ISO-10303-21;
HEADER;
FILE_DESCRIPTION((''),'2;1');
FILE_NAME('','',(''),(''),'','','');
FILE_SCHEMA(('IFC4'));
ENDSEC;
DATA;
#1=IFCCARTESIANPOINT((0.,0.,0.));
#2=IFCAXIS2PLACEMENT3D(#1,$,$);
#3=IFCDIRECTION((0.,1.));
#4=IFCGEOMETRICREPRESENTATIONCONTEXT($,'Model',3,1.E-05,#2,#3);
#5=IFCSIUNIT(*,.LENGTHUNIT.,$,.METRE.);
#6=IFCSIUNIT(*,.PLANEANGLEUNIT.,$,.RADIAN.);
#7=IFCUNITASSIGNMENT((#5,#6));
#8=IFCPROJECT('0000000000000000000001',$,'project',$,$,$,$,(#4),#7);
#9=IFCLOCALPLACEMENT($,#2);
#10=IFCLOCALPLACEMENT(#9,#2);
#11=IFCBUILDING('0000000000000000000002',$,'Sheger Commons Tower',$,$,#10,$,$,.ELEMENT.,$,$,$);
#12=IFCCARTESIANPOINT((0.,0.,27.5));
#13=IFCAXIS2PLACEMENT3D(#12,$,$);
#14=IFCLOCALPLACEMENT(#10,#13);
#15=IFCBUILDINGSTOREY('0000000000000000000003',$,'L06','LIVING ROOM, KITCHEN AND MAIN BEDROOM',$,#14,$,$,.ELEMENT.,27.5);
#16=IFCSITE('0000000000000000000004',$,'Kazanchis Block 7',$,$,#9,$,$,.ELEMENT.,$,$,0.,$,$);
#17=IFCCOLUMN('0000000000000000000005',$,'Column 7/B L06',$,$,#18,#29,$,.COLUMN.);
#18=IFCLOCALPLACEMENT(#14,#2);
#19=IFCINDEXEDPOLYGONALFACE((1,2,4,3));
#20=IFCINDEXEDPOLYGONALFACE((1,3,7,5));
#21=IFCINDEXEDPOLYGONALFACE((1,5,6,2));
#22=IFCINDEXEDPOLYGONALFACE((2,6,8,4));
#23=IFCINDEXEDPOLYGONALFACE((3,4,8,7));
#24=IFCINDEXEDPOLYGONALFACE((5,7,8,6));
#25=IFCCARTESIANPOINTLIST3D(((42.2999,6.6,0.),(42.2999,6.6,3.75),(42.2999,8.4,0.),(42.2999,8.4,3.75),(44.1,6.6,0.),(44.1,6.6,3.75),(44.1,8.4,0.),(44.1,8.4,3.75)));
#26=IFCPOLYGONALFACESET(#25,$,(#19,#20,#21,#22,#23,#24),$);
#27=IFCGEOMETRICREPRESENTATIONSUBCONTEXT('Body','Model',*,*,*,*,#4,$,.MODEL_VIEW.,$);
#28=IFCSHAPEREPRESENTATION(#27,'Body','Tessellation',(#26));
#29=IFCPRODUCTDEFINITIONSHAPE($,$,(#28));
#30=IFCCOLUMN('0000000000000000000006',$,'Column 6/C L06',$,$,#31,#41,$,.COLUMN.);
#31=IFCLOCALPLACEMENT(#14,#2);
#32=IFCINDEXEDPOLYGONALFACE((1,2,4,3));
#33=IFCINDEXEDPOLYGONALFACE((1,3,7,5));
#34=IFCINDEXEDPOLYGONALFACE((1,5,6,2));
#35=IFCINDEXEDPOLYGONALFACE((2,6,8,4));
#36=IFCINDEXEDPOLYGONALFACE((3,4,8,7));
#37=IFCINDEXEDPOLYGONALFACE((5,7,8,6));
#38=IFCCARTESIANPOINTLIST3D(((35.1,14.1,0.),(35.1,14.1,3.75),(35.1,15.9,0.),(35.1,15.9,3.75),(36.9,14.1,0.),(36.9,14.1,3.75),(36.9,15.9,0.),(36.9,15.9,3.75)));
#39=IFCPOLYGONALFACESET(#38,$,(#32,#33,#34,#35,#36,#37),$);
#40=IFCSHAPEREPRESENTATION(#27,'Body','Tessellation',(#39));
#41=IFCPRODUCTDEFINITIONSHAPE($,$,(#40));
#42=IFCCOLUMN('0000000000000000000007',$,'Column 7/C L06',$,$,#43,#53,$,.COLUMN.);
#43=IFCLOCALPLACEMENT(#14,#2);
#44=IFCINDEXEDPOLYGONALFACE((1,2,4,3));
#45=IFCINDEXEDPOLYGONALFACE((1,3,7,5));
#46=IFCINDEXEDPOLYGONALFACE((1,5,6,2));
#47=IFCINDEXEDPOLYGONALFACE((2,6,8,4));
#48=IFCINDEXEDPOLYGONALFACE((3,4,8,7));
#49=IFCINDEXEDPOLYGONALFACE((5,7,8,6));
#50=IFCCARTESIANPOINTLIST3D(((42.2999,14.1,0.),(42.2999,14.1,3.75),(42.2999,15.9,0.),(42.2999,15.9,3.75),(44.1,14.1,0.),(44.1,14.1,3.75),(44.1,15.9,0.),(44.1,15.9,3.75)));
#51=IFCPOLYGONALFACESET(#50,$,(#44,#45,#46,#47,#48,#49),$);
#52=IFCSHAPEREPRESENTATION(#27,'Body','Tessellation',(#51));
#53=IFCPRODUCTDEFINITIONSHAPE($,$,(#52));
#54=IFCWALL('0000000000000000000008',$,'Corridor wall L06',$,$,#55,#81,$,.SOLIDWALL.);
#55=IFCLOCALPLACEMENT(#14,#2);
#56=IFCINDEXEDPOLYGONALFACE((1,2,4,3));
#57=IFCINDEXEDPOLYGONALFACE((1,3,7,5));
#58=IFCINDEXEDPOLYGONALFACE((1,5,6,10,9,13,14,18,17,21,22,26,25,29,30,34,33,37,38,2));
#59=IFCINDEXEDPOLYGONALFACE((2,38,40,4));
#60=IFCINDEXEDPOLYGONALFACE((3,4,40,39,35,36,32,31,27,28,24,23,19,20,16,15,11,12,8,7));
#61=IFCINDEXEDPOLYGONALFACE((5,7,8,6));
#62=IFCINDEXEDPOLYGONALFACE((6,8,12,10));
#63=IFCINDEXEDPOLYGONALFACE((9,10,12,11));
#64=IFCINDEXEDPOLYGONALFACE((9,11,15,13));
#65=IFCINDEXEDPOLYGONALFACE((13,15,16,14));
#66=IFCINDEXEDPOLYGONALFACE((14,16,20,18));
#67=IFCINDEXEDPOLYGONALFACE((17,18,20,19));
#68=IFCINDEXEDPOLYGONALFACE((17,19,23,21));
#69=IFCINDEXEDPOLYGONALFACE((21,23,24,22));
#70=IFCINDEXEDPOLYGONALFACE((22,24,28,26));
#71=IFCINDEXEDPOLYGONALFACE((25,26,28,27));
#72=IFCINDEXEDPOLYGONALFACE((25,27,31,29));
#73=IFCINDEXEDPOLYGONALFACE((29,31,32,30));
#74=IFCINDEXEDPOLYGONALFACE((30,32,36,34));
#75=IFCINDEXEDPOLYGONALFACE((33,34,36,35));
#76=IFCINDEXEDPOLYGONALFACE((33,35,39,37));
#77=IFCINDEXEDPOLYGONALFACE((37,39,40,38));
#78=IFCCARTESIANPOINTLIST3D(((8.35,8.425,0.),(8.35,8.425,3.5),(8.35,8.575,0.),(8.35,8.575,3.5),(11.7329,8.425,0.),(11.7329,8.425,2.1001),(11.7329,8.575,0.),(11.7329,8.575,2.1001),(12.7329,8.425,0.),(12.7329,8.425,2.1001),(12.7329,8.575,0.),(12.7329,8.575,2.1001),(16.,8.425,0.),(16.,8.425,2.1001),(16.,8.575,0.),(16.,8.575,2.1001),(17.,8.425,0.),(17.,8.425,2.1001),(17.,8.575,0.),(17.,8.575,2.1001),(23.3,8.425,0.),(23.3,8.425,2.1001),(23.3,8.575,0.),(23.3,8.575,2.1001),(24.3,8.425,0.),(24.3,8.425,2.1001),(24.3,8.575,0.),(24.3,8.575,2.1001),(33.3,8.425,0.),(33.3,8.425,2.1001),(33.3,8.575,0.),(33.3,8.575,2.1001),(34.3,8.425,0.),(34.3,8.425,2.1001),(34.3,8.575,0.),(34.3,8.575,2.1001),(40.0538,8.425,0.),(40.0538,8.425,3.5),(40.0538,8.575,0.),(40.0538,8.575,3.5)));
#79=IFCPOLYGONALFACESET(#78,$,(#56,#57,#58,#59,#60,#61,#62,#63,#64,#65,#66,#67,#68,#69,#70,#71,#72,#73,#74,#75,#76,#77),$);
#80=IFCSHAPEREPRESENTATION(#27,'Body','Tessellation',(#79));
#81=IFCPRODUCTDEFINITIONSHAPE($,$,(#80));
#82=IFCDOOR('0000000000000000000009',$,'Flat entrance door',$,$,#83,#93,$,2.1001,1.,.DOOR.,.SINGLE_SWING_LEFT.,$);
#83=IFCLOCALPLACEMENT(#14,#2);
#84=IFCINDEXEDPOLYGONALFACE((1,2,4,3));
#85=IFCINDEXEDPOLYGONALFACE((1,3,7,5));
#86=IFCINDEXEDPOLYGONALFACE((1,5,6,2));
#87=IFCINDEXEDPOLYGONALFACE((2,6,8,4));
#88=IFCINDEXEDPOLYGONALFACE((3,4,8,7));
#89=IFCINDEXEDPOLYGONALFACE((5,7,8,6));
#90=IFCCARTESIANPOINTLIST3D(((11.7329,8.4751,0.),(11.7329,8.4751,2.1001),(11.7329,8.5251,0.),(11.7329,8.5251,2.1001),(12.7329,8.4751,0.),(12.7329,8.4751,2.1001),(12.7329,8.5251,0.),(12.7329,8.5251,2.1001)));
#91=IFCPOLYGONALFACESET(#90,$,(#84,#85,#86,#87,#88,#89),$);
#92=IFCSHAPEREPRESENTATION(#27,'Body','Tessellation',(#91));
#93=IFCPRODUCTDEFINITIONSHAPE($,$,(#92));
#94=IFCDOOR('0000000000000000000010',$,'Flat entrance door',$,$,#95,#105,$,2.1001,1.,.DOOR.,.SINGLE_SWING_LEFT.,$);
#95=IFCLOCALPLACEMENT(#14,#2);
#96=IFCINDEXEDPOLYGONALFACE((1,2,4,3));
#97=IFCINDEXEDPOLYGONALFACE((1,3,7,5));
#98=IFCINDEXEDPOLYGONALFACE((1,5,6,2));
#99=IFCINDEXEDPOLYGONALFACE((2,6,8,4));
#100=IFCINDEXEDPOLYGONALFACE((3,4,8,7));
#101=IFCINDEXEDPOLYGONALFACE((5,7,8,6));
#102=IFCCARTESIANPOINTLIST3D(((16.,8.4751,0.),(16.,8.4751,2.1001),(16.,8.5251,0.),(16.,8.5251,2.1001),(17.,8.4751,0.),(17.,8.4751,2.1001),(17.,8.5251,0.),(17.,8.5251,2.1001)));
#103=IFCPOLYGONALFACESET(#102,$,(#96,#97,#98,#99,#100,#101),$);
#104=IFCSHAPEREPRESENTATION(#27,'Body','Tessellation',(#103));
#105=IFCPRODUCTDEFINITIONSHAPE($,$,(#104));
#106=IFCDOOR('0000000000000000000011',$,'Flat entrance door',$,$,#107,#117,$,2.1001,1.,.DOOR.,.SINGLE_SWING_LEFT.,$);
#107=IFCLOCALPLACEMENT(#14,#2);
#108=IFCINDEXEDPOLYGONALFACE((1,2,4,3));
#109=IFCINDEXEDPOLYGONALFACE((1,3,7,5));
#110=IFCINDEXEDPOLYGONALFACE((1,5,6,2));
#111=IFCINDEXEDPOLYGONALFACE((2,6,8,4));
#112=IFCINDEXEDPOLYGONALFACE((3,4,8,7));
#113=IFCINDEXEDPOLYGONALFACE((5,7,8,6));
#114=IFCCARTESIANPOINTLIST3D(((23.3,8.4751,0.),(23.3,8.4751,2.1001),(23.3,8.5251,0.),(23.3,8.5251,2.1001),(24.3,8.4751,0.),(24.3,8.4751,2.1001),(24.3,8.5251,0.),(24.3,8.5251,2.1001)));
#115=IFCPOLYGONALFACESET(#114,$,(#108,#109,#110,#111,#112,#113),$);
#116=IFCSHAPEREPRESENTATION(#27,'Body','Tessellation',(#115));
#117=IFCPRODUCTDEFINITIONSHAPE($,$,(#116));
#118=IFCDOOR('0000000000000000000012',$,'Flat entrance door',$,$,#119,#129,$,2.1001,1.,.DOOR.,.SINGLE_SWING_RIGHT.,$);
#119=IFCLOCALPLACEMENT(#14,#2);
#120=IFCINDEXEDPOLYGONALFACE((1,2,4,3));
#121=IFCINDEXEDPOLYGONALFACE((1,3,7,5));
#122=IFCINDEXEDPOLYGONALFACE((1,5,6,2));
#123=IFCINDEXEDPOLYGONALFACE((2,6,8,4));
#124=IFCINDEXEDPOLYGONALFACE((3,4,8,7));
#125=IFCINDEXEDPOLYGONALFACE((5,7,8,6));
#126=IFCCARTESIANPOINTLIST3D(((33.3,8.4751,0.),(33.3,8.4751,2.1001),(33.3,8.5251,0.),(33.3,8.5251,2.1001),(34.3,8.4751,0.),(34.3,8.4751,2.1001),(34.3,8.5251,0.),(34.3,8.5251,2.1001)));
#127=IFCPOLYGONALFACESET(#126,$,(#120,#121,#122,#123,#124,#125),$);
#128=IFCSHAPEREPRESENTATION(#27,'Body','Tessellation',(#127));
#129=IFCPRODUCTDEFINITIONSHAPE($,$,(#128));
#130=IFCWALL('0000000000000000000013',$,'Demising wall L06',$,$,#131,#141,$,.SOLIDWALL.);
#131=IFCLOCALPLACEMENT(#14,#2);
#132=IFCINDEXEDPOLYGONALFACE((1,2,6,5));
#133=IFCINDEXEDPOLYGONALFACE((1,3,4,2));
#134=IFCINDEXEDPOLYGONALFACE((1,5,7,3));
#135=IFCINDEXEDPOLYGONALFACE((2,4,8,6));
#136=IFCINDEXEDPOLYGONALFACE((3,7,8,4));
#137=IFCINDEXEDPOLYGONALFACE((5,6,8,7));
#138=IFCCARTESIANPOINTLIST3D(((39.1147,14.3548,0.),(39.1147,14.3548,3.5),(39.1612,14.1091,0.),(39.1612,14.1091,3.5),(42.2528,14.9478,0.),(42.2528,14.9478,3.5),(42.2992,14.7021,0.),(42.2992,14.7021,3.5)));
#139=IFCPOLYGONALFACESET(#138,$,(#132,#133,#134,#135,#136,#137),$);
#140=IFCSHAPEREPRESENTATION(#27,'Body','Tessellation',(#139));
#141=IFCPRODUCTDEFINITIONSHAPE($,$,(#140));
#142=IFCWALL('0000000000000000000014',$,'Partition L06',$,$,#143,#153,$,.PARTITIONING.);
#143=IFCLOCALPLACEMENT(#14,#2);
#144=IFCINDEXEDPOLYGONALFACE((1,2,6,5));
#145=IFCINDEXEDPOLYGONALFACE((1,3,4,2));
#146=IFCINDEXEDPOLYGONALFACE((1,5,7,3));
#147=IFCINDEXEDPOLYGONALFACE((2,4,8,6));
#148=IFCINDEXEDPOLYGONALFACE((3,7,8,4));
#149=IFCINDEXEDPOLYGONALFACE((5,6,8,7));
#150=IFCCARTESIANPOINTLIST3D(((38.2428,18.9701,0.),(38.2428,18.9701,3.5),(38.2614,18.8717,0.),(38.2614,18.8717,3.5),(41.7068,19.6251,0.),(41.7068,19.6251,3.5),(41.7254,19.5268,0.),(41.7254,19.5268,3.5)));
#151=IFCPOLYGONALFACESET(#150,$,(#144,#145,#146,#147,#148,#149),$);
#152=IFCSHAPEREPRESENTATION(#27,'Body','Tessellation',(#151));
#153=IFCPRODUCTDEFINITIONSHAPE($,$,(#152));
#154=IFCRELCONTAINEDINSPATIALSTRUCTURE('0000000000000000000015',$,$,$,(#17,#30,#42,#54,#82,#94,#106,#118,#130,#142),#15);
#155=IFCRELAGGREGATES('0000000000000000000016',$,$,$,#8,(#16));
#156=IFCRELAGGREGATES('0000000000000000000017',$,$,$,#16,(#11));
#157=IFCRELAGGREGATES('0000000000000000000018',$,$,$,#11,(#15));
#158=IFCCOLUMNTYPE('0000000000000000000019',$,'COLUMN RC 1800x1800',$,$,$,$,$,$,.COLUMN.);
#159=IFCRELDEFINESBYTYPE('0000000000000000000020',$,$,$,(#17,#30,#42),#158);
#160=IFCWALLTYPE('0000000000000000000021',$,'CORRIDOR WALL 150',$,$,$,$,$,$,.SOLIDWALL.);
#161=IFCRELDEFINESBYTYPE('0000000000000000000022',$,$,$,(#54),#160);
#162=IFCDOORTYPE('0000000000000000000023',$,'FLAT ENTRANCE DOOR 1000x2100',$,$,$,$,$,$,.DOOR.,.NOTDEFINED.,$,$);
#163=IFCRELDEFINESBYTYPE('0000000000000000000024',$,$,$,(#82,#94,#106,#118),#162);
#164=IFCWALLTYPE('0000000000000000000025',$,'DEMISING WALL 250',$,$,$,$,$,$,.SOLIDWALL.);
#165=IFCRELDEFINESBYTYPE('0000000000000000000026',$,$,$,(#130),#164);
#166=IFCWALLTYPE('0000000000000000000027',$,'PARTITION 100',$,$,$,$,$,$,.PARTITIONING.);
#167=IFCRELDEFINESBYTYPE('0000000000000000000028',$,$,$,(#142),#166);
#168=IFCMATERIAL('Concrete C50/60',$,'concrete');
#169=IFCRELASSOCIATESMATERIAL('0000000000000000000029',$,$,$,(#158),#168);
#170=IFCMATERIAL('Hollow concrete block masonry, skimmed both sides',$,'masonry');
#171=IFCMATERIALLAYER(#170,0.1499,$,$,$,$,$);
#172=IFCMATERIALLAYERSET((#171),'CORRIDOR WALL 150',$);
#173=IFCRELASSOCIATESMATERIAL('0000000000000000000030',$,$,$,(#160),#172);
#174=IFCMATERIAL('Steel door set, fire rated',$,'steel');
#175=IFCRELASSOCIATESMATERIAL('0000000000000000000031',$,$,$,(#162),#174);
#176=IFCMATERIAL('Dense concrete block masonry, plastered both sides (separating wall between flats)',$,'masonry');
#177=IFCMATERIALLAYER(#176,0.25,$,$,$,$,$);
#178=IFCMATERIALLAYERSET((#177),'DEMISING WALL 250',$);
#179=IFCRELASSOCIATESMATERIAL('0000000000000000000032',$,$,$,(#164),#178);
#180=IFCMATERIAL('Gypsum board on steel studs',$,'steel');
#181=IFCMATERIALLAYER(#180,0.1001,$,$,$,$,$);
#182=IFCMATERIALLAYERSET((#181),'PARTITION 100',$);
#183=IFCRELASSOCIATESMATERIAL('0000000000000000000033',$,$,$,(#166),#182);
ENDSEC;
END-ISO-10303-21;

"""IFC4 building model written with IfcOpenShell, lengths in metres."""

from ifc_helpers import new_model, si_unit, direction, frame, frame_2d, origin, origin_2d, place, context, subcontext, project, spatial, rectangle, extrude, material, layer, layer_set, material_profile, profile_set, type_object, element, fill, save


model = new_model("IFC4")

# Units and contexts
model_context = context("Model", 3, precision=1e-05, world=origin(), true_north=direction((0.0, 1.0)))
body_context = subcontext(model_context, "Body", "Model", "MODEL_VIEW")
ifc_project = project(units=[si_unit("LENGTHUNIT", "METRE"), si_unit("PLANEANGLEUNIT", "RADIAN")], contexts=[model_context])

# Site, building, storey
site_placement = place(None, origin())
site = spatial("IfcSite", under=ifc_project, at=site_placement, Name="Kazanchis Block 7", CompositionType="ELEMENT", RefElevation=0.0)
building_placement = place(site_placement, origin())
building = spatial("IfcBuilding", under=site, at=building_placement, Name="Sheger Commons Tower", CompositionType="ELEMENT")
storey_placement = place(building_placement, frame((0.0, 0.0, 27.5)))
storey = spatial("IfcBuildingStorey", under=building, at=storey_placement, Name="L06", Description="LIVING ROOM, KITCHEN AND MAIN BEDROOM", CompositionType="ELEMENT", Elevation=27.5)

# Columns
ifc_material_1 = material(Name="Concrete C50/60", Category="concrete")
ifc_material_profile = material_profile(ifc_material_1, rectangle(XDim=1.8, YDim=1.8, at=origin_2d()), Name="RC 1800x1800")
ifc_profile_set = profile_set([ifc_material_profile], Name="Concrete C50/60")
column_type = type_object("IfcColumnType", Name="COLUMN RC 1800x1800", PredefinedType="COLUMN", material=ifc_profile_set)
for number, where, z_axis, x_axis, name in (
    (1, (43.2, 7.5, 0.0), (0.0, 0.0, 1.0), (1.0, 0.0, 0.0), "Column 7/B L06"),
    (2, (36.0, 15.0, 0.0), (0.0, 0.0, 1.0), (1.0, 0.0, 0.0), "Column 6/C L06"),
    (3, (43.2, 15.0, 0.0), (0.0, 0.0, 1.0), (1.0, 0.0, 0.0), "Column 7/C L06"),
):
    element("IfcColumn", number, at=place(storey_placement, frame(where, z_axis=z_axis, x_axis=x_axis)), inside=storey, type_object=column_type, Name=name, PredefinedType="COLUMN", context=body_context, shape_type="SweptSolid", body=[
        extrude(rectangle(XDim=1.8, YDim=1.8, at=origin_2d()), origin(), (0.0, 0.0, 1.0), 3.75),
    ])

# Wall, openings, doors
ifc_material_2 = material(Name="Hollow concrete block masonry, skimmed both sides", Category="masonry")
ifc_layer_1 = layer(ifc_material_2, 0.1499)
ifc_layer_set_1 = layer_set([ifc_layer_1], Name="CORRIDOR WALL 150")
wall_type_1 = type_object("IfcWallType", Name="CORRIDOR WALL 150", PredefinedType="SOLIDWALL", material=ifc_layer_set_1)
wall_1_placement = place(storey_placement, frame((40.054, 8.5, 0.0), z_axis=(0.0, 0.0, 1.0), x_axis=(-1.0, 0.0, 0.0)))
wall_1 = element("IfcWall", 4, at=wall_1_placement, inside=storey, type_object=wall_type_1, Name="Corridor wall L06", PredefinedType="SOLIDWALL", context=body_context, shape_type="SweptSolid", body=[
    extrude(rectangle(XDim=31.7039, YDim=0.1499, at=frame_2d((15.8521, 0.0))), origin(), (0.0, 0.0, 1.0), 3.5),
])
opening_1_placement = place(wall_1_placement, frame((27.321, 0.0, 0.0)))
opening_1 = element("IfcOpeningElement", 5, at=opening_1_placement, cuts=wall_1, PredefinedType="OPENING", context=body_context, shape_type="SweptSolid", body=[
    extrude(rectangle(XDim=1.0, YDim=2.1001, at=frame_2d((0.5, 1.05))), frame((0.0, 0.085, 0.0), z_axis=(0.0, -1.0, 0.0), x_axis=(1.0, 0.0, 0.0)), (0.0, 0.0, 1.0), 0.1699),
])
opening_2_placement = place(wall_1_placement, frame((23.054, 0.0, 0.0)))
opening_2 = element("IfcOpeningElement", 6, at=opening_2_placement, cuts=wall_1, PredefinedType="OPENING", context=body_context, shape_type="SweptSolid", body=[
    extrude(rectangle(XDim=1.0, YDim=2.1001, at=frame_2d((0.5, 1.05))), frame((0.0, 0.085, 0.0), z_axis=(0.0, -1.0, 0.0), x_axis=(1.0, 0.0, 0.0)), (0.0, 0.0, 1.0), 0.1699),
])
opening_3_placement = place(wall_1_placement, frame((15.7539, 0.0, 0.0)))
opening_3 = element("IfcOpeningElement", 7, at=opening_3_placement, cuts=wall_1, PredefinedType="OPENING", context=body_context, shape_type="SweptSolid", body=[
    extrude(rectangle(XDim=1.0, YDim=2.1001, at=frame_2d((0.5, 1.05))), frame((0.0, 0.085, 0.0), z_axis=(0.0, -1.0, 0.0), x_axis=(1.0, 0.0, 0.0)), (0.0, 0.0, 1.0), 0.1699),
])
opening_4_placement = place(wall_1_placement, frame((5.7539, 0.0, 0.0)))
opening_4 = element("IfcOpeningElement", 8, at=opening_4_placement, cuts=wall_1, PredefinedType="OPENING", context=body_context, shape_type="SweptSolid", body=[
    extrude(rectangle(XDim=1.0, YDim=2.1001, at=frame_2d((0.5, 1.05))), frame((0.0, 0.085, 0.0), z_axis=(0.0, -1.0, 0.0), x_axis=(1.0, 0.0, 0.0)), (0.0, 0.0, 1.0), 0.1699),
])
ifc_material_3 = material(Name="Steel door set, fire rated", Category="steel")
door_type_1 = type_object("IfcDoorType", Name="FLAT ENTRANCE DOOR 1000x2100", OperationType="NOTDEFINED", PredefinedType="DOOR", material=ifc_material_3)
door_1_placement = place(opening_1_placement, origin())
door_1 = element("IfcDoor", 9, at=door_1_placement, inside=storey, type_object=door_type_1, Name="Flat entrance door", OperationType="SINGLE_SWING_LEFT", OverallHeight=2.1001, OverallWidth=1.0, PredefinedType="DOOR", context=body_context, shape_type="SweptSolid", body=[
    extrude(rectangle(XDim=1.0, YDim=2.1001, at=frame_2d((0.5, 1.05))), frame((0.0, 0.0249, 0.0), z_axis=(0.0, -1.0, 0.0), x_axis=(1.0, 0.0, 0.0)), (0.0, 0.0, 1.0), 0.05),
])
fill(opening_1, door_1)
door_2_placement = place(opening_2_placement, origin())
door_2 = element("IfcDoor", 10, at=door_2_placement, inside=storey, type_object=door_type_1, Name="Flat entrance door", OperationType="SINGLE_SWING_LEFT", OverallHeight=2.1001, OverallWidth=1.0, PredefinedType="DOOR", context=body_context, shape_type="SweptSolid", body=[
    extrude(rectangle(XDim=1.0, YDim=2.1001, at=frame_2d((0.5, 1.05))), frame((0.0, 0.0249, 0.0), z_axis=(0.0, -1.0, 0.0), x_axis=(1.0, 0.0, 0.0)), (0.0, 0.0, 1.0), 0.05),
])
fill(opening_2, door_2)
door_3_placement = place(opening_3_placement, origin())
door_3 = element("IfcDoor", 11, at=door_3_placement, inside=storey, type_object=door_type_1, Name="Flat entrance door", OperationType="SINGLE_SWING_LEFT", OverallHeight=2.1001, OverallWidth=1.0, PredefinedType="DOOR", context=body_context, shape_type="SweptSolid", body=[
    extrude(rectangle(XDim=1.0, YDim=2.1001, at=frame_2d((0.5, 1.05))), frame((0.0, 0.0249, 0.0), z_axis=(0.0, -1.0, 0.0), x_axis=(1.0, 0.0, 0.0)), (0.0, 0.0, 1.0), 0.05),
])
fill(opening_3, door_3)
door_4_placement = place(opening_4_placement, origin())
door_4 = element("IfcDoor", 12, at=door_4_placement, inside=storey, type_object=door_type_1, Name="Flat entrance door", OperationType="SINGLE_SWING_RIGHT", OverallHeight=2.1001, OverallWidth=1.0, PredefinedType="DOOR", context=body_context, shape_type="SweptSolid", body=[
    extrude(rectangle(XDim=1.0, YDim=2.1001, at=frame_2d((0.5, 1.05))), frame((0.0, 0.0249, 0.0), z_axis=(0.0, -1.0, 0.0), x_axis=(1.0, 0.0, 0.0)), (0.0, 0.0, 1.0), 0.05),
])
fill(opening_4, door_4)

# Walls
ifc_material_4 = material(Name="Dense concrete block masonry, plastered both sides (separating wall between flats)", Category="masonry")
ifc_layer_2 = layer(ifc_material_4, 0.25)
ifc_layer_set_2 = layer_set([ifc_layer_2], Name="DEMISING WALL 250")
wall_type_2 = type_object("IfcWallType", Name="DEMISING WALL 250", PredefinedType="SOLIDWALL", material=ifc_layer_set_2)
wall_2_placement = place(storey_placement, frame((42.2759, 14.825, 0.0), z_axis=(0.0, 0.0, 1.0), x_axis=(-0.982607, -0.185696, 0.0)))
element("IfcWall", 13, at=wall_2_placement, inside=storey, type_object=wall_type_2, Name="Demising wall L06", PredefinedType="SOLIDWALL", context=body_context, shape_type="SweptSolid", body=[
    extrude(rectangle(XDim=3.1936, YDim=0.25, at=frame_2d((1.5967, 0.0))), origin(), (0.0, 0.0, 1.0), 3.5),
])
ifc_material_5 = material(Name="Gypsum board on steel studs", Category="steel")
ifc_layer_3 = layer(ifc_material_5, 0.1001)
ifc_layer_set_3 = layer_set([ifc_layer_3], Name="PARTITION 100")
wall_type_3 = type_object("IfcWallType", Name="PARTITION 100", PredefinedType="PARTITIONING", material=ifc_layer_set_3)
wall_3_placement = place(storey_placement, frame((41.7161, 19.5759, 0.0), z_axis=(0.0, 0.0, 1.0), x_axis=(-0.982588, -0.185798, 0.0)))
element("IfcWall", 14, at=wall_3_placement, inside=storey, type_object=wall_type_3, Name="Partition L06", PredefinedType="PARTITIONING", context=body_context, shape_type="SweptSolid", body=[
    extrude(rectangle(XDim=3.5254, YDim=0.1001, at=frame_2d((1.7627, 0.0))), origin(), (0.0, 0.0, 1.0), 3.5),
])

save(model, "model.ifc")
